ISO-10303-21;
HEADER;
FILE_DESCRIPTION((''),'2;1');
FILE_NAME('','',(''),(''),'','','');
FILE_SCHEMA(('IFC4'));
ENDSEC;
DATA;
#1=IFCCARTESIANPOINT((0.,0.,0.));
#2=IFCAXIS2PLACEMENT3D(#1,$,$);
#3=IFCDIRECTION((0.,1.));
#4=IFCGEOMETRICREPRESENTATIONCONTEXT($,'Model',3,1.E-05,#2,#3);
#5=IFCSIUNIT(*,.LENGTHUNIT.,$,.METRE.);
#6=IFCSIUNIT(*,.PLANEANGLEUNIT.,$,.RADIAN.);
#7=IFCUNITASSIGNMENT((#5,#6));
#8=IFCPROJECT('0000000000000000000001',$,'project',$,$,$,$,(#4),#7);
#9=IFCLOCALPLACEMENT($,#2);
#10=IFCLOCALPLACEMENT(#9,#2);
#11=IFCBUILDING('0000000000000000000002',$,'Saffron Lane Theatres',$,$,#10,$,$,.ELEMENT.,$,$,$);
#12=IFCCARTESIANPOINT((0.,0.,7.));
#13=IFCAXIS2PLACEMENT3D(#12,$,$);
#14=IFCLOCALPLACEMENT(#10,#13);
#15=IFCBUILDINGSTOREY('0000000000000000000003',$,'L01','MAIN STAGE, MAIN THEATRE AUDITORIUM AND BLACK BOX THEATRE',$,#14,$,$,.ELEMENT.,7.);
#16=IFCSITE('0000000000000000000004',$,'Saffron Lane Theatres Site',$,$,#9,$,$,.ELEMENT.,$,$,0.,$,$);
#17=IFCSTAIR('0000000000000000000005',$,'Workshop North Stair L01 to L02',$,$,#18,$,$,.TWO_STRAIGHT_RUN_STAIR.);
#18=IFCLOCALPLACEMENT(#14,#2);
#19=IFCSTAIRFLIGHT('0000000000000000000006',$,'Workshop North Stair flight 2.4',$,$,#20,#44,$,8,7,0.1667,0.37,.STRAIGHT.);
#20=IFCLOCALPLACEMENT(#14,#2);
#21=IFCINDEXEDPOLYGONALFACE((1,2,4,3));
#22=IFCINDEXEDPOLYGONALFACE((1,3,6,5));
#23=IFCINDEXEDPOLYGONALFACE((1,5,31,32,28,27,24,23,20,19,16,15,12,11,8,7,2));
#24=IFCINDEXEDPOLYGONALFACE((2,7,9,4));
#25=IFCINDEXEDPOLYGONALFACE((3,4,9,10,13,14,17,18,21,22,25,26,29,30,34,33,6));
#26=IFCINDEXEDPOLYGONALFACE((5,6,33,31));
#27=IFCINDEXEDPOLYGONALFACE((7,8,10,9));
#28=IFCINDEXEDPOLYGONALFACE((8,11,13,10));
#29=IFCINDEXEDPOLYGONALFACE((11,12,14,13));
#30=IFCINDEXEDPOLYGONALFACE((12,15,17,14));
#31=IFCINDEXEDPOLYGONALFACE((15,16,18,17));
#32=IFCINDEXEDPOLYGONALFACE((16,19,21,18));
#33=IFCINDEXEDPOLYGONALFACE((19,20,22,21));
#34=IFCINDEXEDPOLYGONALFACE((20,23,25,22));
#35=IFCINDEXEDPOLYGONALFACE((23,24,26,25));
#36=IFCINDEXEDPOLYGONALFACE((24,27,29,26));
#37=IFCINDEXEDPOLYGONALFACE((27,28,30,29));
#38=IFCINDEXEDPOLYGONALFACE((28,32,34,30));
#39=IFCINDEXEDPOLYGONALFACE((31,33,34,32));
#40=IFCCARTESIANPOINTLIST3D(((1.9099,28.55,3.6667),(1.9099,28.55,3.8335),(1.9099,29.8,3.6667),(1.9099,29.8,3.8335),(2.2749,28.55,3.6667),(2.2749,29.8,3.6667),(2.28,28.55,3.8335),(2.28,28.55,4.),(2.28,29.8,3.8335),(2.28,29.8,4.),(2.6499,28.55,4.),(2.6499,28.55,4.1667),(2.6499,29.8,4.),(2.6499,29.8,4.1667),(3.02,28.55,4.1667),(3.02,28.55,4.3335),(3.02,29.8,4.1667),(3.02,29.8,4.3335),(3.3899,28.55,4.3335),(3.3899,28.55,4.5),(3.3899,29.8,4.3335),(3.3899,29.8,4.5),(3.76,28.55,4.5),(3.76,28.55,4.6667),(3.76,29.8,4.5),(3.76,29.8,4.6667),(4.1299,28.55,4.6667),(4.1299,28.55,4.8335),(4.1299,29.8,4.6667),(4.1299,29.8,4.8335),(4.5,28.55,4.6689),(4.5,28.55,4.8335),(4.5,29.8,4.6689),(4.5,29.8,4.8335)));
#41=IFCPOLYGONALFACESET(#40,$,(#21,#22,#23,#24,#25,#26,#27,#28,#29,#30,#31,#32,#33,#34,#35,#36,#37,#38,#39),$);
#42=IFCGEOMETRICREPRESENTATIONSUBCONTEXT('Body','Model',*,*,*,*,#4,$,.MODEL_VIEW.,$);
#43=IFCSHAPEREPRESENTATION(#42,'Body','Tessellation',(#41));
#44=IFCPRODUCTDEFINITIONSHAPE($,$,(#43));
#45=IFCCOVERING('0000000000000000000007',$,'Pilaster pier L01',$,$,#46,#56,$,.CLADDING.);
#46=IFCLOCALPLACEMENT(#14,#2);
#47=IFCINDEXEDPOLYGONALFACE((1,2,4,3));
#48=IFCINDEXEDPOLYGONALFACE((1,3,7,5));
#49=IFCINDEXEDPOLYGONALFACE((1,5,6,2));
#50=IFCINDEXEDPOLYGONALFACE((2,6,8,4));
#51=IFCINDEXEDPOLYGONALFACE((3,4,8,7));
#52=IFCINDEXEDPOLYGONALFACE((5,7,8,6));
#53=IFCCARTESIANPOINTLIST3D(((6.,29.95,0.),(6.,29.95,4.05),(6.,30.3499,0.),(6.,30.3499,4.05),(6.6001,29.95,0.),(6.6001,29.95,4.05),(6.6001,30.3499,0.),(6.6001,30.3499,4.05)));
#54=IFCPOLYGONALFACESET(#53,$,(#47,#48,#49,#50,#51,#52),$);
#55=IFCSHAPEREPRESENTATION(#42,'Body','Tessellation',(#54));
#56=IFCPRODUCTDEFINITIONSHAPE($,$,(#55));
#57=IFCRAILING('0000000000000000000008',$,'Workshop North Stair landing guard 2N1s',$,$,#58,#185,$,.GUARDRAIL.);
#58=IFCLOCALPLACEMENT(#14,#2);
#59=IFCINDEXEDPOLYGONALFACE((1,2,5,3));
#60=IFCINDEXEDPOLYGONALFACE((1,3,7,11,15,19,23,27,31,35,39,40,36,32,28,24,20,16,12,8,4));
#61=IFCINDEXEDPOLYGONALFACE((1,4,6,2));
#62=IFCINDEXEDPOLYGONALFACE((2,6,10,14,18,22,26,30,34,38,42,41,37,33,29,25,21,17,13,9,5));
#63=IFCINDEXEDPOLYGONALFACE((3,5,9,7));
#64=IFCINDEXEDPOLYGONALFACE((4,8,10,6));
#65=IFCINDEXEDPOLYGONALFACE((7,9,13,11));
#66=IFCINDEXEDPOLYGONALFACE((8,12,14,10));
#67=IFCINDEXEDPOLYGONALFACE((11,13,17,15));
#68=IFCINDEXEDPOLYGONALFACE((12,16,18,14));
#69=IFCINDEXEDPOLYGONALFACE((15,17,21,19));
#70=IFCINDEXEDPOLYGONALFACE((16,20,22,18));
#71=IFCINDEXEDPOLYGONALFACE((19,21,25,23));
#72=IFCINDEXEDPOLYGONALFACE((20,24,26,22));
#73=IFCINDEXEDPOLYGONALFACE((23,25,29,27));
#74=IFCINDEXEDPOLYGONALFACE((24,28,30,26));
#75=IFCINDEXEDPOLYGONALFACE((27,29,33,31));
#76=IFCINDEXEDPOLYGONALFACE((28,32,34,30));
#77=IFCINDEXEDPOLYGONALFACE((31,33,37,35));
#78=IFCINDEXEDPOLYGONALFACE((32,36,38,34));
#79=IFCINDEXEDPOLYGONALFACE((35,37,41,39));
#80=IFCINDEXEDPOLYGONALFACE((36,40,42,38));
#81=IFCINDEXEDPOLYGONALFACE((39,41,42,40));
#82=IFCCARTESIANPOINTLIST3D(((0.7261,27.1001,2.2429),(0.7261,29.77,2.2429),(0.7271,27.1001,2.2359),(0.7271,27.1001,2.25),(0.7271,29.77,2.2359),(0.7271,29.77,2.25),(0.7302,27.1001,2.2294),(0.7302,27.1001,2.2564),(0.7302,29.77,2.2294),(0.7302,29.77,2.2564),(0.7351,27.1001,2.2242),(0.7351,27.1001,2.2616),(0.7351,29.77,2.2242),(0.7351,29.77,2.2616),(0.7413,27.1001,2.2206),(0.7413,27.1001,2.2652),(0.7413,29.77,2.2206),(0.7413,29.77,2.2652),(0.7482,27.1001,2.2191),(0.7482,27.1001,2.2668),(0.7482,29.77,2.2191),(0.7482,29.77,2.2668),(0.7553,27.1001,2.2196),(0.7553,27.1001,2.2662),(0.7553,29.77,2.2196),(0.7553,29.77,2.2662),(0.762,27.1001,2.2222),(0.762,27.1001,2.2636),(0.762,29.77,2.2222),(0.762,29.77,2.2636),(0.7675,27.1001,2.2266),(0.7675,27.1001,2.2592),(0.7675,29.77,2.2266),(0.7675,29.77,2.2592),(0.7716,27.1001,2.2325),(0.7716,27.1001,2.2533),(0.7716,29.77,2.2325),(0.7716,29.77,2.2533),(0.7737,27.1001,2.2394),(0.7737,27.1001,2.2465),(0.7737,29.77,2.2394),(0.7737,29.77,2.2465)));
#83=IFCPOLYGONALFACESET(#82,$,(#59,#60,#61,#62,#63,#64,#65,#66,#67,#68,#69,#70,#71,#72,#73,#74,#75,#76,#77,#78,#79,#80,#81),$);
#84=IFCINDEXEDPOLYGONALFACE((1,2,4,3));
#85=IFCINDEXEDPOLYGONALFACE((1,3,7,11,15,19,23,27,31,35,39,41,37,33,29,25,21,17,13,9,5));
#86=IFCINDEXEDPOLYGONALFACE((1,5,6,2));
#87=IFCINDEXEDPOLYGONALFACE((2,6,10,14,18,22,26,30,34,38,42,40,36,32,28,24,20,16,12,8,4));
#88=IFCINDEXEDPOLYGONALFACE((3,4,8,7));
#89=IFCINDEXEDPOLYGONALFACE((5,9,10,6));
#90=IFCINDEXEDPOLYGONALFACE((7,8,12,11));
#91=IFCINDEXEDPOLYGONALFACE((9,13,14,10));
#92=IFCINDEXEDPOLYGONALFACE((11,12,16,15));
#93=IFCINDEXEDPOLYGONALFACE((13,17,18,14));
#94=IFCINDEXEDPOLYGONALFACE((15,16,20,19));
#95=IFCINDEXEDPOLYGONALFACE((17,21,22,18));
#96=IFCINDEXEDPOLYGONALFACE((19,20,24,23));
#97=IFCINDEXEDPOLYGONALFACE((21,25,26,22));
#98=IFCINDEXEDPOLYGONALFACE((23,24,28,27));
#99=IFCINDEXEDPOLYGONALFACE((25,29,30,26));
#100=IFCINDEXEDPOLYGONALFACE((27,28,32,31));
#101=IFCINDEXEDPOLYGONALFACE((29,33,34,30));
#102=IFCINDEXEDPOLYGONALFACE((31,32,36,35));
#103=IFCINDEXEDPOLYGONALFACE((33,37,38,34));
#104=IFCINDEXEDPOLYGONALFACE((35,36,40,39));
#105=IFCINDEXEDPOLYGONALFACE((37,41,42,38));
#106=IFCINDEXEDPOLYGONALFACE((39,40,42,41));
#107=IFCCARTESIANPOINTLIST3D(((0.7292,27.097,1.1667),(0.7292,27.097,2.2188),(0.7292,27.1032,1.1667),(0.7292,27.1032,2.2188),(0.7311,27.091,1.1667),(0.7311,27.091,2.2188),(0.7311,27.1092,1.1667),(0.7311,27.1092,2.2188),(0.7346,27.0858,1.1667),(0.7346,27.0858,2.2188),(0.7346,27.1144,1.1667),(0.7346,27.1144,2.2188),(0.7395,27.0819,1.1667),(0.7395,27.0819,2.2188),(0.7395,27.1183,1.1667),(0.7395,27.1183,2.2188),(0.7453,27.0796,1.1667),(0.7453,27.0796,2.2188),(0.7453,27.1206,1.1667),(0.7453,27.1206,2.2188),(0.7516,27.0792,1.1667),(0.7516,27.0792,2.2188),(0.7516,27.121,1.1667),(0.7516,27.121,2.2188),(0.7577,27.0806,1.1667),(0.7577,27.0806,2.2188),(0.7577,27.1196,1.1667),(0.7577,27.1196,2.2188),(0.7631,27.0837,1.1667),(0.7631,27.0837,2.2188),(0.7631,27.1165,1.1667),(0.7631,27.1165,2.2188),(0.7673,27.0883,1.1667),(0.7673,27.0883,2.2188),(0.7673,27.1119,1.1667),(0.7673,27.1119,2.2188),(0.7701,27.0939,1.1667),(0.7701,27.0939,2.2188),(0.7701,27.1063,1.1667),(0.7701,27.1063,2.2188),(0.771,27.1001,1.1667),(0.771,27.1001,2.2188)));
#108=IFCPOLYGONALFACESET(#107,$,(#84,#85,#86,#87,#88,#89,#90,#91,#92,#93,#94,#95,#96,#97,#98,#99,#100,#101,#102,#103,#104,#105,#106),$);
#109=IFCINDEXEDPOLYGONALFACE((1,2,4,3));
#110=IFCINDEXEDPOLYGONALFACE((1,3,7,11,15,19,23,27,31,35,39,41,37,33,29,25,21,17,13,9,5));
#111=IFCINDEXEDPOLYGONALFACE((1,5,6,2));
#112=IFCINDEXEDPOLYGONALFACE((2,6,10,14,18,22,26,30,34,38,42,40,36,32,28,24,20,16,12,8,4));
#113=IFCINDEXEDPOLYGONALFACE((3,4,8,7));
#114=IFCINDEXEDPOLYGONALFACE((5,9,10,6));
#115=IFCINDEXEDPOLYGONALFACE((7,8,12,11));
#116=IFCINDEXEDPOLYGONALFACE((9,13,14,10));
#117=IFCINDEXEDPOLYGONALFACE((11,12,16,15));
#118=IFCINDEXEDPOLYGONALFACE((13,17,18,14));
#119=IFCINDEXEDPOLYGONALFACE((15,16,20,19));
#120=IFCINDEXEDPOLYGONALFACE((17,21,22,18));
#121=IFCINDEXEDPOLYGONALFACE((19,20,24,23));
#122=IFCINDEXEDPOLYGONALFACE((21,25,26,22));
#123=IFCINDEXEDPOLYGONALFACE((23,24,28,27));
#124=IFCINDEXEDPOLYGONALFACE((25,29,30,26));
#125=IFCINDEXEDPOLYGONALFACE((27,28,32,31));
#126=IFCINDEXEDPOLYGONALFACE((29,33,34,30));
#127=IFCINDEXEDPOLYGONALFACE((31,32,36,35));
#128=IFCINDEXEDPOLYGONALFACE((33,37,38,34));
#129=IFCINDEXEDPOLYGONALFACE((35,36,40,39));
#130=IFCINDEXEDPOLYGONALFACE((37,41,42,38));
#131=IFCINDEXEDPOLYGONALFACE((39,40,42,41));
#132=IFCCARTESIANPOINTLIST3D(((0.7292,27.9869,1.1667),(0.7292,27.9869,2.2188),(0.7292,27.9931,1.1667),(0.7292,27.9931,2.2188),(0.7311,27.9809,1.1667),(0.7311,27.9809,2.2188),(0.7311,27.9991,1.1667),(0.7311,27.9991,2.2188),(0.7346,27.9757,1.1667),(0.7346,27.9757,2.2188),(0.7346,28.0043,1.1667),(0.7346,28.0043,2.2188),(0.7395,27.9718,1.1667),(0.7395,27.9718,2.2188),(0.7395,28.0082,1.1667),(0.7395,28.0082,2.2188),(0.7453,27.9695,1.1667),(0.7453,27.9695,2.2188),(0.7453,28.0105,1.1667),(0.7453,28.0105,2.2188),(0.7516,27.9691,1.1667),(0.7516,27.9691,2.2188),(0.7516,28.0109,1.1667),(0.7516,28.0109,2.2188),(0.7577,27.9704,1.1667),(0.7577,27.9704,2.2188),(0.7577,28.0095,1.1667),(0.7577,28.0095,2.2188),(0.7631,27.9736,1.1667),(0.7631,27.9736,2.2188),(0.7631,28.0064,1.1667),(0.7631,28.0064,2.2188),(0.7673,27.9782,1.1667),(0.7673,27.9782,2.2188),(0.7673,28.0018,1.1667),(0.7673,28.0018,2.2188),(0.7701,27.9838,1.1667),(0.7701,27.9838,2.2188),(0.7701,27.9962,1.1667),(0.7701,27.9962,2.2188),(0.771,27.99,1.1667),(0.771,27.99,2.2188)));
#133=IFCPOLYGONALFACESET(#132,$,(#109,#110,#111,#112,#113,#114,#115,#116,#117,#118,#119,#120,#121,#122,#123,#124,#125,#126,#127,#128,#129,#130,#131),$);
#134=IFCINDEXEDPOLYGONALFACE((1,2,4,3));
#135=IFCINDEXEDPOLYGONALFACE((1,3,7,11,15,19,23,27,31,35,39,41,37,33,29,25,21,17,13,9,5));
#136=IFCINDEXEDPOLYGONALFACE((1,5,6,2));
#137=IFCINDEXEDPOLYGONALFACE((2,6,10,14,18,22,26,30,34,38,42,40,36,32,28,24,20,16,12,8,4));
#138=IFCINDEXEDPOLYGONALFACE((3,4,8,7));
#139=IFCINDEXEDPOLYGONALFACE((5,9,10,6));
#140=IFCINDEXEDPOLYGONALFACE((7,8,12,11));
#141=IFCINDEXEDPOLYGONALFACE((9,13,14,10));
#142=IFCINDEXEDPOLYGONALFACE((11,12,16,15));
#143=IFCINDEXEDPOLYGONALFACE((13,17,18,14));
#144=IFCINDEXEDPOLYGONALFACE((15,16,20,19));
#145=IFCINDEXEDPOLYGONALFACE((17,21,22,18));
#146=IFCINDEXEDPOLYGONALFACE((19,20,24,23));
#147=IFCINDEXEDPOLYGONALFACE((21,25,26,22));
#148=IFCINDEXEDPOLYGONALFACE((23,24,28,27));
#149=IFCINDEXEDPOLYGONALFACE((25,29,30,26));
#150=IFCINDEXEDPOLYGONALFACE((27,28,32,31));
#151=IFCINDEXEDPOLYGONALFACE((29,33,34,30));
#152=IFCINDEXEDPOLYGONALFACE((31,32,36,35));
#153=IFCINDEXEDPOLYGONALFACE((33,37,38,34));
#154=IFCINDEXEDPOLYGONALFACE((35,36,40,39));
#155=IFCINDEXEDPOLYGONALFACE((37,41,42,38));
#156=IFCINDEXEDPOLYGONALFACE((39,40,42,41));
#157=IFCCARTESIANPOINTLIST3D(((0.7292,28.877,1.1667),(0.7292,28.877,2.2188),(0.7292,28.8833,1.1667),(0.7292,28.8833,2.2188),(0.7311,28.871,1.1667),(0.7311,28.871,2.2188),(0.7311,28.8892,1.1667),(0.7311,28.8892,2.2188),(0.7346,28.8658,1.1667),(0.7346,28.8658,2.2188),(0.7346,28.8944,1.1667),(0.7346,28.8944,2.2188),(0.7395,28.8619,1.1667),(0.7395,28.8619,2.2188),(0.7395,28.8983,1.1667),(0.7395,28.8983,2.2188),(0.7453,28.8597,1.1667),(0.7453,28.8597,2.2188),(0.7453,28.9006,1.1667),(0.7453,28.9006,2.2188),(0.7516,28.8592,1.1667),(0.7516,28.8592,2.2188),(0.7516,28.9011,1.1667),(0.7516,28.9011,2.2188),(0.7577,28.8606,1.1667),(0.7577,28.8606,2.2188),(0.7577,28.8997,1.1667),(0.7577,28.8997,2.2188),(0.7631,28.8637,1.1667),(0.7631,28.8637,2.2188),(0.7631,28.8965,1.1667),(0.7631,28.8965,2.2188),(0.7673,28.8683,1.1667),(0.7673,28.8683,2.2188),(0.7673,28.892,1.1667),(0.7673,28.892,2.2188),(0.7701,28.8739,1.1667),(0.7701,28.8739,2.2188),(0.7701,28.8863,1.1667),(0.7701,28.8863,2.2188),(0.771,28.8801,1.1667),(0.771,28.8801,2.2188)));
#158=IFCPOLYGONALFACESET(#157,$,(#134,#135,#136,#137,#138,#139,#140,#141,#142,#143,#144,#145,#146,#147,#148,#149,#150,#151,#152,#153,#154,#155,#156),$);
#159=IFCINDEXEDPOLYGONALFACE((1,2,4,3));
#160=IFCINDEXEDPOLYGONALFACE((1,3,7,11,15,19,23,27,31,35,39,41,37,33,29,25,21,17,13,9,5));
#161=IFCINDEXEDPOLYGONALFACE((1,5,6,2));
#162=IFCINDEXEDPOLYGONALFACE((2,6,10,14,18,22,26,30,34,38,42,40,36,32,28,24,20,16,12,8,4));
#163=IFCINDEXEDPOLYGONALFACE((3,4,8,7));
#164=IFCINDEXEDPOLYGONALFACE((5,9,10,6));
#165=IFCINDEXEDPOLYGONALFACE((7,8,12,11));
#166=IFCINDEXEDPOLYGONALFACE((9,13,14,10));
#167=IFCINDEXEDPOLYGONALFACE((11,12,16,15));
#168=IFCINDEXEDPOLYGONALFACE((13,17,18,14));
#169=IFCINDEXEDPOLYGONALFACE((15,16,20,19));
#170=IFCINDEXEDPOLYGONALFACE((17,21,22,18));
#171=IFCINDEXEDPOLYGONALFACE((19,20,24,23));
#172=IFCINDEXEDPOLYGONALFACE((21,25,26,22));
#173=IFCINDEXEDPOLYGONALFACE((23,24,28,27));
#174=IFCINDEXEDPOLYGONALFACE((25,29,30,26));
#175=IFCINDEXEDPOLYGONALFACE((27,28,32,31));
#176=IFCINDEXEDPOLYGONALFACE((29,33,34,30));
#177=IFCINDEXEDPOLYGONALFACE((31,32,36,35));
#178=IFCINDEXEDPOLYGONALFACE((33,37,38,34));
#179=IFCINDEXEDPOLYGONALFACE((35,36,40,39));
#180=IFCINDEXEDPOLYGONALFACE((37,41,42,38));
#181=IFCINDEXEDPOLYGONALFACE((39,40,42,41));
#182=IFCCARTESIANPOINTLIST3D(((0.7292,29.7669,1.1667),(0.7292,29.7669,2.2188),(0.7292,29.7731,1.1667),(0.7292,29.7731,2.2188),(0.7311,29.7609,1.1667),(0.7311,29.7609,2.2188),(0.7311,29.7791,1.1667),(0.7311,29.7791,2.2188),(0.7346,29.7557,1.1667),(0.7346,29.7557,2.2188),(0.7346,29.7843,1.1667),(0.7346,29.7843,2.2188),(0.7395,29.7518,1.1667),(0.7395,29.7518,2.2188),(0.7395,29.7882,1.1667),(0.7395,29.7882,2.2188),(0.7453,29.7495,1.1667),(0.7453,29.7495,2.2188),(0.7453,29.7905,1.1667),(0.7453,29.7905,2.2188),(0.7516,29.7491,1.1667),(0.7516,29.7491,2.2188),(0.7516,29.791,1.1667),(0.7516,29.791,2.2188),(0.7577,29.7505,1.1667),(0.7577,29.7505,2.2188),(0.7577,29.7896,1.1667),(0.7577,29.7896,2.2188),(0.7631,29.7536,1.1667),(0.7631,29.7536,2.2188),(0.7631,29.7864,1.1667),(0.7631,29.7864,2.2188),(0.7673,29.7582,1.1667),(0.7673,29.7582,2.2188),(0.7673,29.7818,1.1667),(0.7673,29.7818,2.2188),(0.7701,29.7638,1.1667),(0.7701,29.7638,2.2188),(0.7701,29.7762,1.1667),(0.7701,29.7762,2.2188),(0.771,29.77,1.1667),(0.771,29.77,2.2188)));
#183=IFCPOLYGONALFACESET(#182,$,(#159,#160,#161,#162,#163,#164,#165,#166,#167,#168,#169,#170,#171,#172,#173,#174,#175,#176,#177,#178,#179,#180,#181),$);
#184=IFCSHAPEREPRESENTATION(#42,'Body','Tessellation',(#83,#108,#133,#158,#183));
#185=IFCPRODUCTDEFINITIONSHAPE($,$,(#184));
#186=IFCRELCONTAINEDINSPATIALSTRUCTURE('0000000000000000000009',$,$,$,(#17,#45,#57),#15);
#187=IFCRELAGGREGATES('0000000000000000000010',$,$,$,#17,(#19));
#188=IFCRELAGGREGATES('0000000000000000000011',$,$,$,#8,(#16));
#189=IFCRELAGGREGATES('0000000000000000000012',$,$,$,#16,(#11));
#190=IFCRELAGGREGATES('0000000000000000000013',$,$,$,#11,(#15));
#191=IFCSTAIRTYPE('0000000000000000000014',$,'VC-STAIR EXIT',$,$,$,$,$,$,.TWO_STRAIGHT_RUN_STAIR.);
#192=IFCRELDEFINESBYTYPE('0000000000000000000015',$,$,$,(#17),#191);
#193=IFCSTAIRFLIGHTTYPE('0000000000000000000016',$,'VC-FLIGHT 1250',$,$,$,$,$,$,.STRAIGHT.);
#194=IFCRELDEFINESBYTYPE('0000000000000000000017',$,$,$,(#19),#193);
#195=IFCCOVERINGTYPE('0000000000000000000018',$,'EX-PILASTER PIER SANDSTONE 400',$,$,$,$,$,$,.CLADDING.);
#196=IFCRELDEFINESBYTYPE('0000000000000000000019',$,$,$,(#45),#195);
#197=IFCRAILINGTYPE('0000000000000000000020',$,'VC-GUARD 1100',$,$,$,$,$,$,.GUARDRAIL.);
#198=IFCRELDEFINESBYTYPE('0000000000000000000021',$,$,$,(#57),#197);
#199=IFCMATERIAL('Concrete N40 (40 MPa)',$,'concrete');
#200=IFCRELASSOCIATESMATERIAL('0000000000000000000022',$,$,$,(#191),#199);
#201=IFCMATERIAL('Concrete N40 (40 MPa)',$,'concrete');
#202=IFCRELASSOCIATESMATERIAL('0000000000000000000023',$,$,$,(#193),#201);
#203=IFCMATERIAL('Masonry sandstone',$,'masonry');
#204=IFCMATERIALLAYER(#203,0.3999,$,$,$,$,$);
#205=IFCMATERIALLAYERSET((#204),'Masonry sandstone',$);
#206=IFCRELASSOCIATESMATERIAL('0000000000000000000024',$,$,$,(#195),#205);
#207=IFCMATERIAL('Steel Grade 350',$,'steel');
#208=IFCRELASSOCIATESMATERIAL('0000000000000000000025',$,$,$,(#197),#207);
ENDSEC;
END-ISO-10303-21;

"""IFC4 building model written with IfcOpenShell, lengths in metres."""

from ifc_helpers import new_model, si_unit, direction, frame, origin, origin_2d, place, context, subcontext, project, spatial, polyline, rectangle, circle, outline, extrude, material, layer, layer_set, type_object, element, aggregate, save


model = new_model("IFC4")

# Units and contexts
model_context = context("Model", 3, precision=1e-05, world=origin(), true_north=direction((0.0, 1.0)))
body_context = subcontext(model_context, "Body", "Model", "MODEL_VIEW")
ifc_project = project(units=[si_unit("LENGTHUNIT", "METRE"), si_unit("PLANEANGLEUNIT", "RADIAN")], contexts=[model_context])

# Site, building, storey
site_placement = place(None, origin())
site = spatial("IfcSite", under=ifc_project, at=site_placement, Name="Saffron Lane Theatres Site", CompositionType="ELEMENT", RefElevation=0.0)
building_placement = place(site_placement, origin())
building = spatial("IfcBuilding", under=site, at=building_placement, Name="Saffron Lane Theatres", CompositionType="ELEMENT")
storey_placement = place(building_placement, frame((0.0, 0.0, 7.0)))
storey = spatial("IfcBuildingStorey", under=building, at=storey_placement, Name="L01", Description="MAIN STAGE, MAIN THEATRE AUDITORIUM AND BLACK BOX THEATRE", CompositionType="ELEMENT", Elevation=7.0)

# Stair, stair flight
ifc_material_1 = material(Name="Concrete N40 (40 MPa)", Category="concrete")
stair_type = type_object("IfcStairType", Name="VC-STAIR EXIT", PredefinedType="TWO_STRAIGHT_RUN_STAIR", material=ifc_material_1)
stair_placement = place(storey_placement, origin())
stair = element("IfcStair", 1, at=stair_placement, inside=storey, type_object=stair_type, Name="Workshop North Stair L01 to L02", PredefinedType="TWO_STRAIGHT_RUN_STAIR")
ifc_material_2 = material(Name="Concrete N40 (40 MPa)", Category="concrete")
stair_flight_type = type_object("IfcStairFlightType", Name="VC-FLIGHT 1250", PredefinedType="STRAIGHT", material=ifc_material_2)
stair_flight_1_placement = place(storey_placement, frame((1.9099, 29.175, 3.6667), z_axis=(0.0, 0.0, 1.0), x_axis=(1.0, 0.0, 0.0)))
stair_flight_1 = element("IfcStairFlight", 2, at=stair_flight_1_placement, type_object=stair_flight_type, Name="Workshop North Stair flight 2.4", NumberOfRisers=8, NumberOfTreads=7, PredefinedType="STRAIGHT", RiserHeight=0.1667, TreadLength=0.37, context=body_context, shape_type="SweptSolid", body=[
    extrude(outline(polyline([(0.0, 0.0), (0.0, 0.1667), (0.3701, 0.1667), (0.3701, 0.3333), (0.74, 0.3333), (0.74, 0.5), (1.1101, 0.5), (1.1101, 0.6667), (1.48, 0.6667), (1.48, 0.8333), (1.8501, 0.8333), (1.8501, 1.0), (2.22, 1.0), (2.22, 1.1667), (2.5901, 1.1667), (2.5901, 1.3333), (2.5901, 1.0022), (0.365, 0.0), (0.0, 0.0)])), frame((0.0, 0.625, 0.0), z_axis=(0.0, -1.0, 0.0), x_axis=(1.0, 0.0, 0.0)), (0.0, 0.0, 1.0), 1.25),
])
aggregate(stair, [stair_flight_1])

# Covering
ifc_material_3 = material(Name="Masonry sandstone", Category="masonry")
ifc_layer_1 = layer(ifc_material_3, 0.3999)
ifc_layer_set_1 = layer_set([ifc_layer_1], Name="Masonry sandstone")
covering_type = type_object("IfcCoveringType", Name="EX-PILASTER PIER SANDSTONE 400", PredefinedType="CLADDING", material=ifc_layer_set_1)
covering_placement = place(storey_placement, frame((6.3, 30.1499, 0.0), z_axis=(0.0, 0.0, 1.0), x_axis=(1.0, 0.0, 0.0)))
element("IfcCovering", 3, at=covering_placement, inside=storey, type_object=covering_type, Name="Pilaster pier L01", PredefinedType="CLADDING", context=body_context, shape_type="SweptSolid", body=[
    extrude(rectangle(XDim=0.6001, YDim=0.3999, at=origin_2d()), origin(), (0.0, 0.0, 1.0), 4.05),
])

# Railing
ifc_material_4 = material(Name="Steel Grade 350", Category="steel")
railing_type_1 = type_object("IfcRailingType", Name="VC-GUARD 1100", PredefinedType="GUARDRAIL", material=ifc_material_4)
railing_1_placement = place(storey_placement, frame((0.75, 27.1001, 1.1667)))
element("IfcRailing", 4, at=railing_1_placement, inside=storey, type_object=railing_type_1, Name="Workshop North Stair landing guard 2N1s", PredefinedType="GUARDRAIL", context=body_context, shape_type="SweptSolid", body=[
    extrude(circle(Radius=0.0239, at=origin_2d()), frame((0.0, 0.0, 1.0762), z_axis=(0.0, 1.0, 0.0), x_axis=(-1.0, 0.0, 0.0)), (0.0, 0.0, 1.0), 2.6699),
    extrude(circle(Radius=0.021, at=origin_2d()), origin(), (0.0, 0.0, 1.0), 1.052),
    extrude(circle(Radius=0.021, at=origin_2d()), frame((0.0, 0.8899, 0.0)), (0.0, 0.0, 1.0), 1.052),
    extrude(circle(Radius=0.021, at=origin_2d()), frame((0.0, 1.78, 0.0)), (0.0, 0.0, 1.0), 1.052),
    extrude(circle(Radius=0.021, at=origin_2d()), frame((0.0, 2.6699, 0.0)), (0.0, 0.0, 1.0), 1.052),
])

save(model, "model.ifc")
